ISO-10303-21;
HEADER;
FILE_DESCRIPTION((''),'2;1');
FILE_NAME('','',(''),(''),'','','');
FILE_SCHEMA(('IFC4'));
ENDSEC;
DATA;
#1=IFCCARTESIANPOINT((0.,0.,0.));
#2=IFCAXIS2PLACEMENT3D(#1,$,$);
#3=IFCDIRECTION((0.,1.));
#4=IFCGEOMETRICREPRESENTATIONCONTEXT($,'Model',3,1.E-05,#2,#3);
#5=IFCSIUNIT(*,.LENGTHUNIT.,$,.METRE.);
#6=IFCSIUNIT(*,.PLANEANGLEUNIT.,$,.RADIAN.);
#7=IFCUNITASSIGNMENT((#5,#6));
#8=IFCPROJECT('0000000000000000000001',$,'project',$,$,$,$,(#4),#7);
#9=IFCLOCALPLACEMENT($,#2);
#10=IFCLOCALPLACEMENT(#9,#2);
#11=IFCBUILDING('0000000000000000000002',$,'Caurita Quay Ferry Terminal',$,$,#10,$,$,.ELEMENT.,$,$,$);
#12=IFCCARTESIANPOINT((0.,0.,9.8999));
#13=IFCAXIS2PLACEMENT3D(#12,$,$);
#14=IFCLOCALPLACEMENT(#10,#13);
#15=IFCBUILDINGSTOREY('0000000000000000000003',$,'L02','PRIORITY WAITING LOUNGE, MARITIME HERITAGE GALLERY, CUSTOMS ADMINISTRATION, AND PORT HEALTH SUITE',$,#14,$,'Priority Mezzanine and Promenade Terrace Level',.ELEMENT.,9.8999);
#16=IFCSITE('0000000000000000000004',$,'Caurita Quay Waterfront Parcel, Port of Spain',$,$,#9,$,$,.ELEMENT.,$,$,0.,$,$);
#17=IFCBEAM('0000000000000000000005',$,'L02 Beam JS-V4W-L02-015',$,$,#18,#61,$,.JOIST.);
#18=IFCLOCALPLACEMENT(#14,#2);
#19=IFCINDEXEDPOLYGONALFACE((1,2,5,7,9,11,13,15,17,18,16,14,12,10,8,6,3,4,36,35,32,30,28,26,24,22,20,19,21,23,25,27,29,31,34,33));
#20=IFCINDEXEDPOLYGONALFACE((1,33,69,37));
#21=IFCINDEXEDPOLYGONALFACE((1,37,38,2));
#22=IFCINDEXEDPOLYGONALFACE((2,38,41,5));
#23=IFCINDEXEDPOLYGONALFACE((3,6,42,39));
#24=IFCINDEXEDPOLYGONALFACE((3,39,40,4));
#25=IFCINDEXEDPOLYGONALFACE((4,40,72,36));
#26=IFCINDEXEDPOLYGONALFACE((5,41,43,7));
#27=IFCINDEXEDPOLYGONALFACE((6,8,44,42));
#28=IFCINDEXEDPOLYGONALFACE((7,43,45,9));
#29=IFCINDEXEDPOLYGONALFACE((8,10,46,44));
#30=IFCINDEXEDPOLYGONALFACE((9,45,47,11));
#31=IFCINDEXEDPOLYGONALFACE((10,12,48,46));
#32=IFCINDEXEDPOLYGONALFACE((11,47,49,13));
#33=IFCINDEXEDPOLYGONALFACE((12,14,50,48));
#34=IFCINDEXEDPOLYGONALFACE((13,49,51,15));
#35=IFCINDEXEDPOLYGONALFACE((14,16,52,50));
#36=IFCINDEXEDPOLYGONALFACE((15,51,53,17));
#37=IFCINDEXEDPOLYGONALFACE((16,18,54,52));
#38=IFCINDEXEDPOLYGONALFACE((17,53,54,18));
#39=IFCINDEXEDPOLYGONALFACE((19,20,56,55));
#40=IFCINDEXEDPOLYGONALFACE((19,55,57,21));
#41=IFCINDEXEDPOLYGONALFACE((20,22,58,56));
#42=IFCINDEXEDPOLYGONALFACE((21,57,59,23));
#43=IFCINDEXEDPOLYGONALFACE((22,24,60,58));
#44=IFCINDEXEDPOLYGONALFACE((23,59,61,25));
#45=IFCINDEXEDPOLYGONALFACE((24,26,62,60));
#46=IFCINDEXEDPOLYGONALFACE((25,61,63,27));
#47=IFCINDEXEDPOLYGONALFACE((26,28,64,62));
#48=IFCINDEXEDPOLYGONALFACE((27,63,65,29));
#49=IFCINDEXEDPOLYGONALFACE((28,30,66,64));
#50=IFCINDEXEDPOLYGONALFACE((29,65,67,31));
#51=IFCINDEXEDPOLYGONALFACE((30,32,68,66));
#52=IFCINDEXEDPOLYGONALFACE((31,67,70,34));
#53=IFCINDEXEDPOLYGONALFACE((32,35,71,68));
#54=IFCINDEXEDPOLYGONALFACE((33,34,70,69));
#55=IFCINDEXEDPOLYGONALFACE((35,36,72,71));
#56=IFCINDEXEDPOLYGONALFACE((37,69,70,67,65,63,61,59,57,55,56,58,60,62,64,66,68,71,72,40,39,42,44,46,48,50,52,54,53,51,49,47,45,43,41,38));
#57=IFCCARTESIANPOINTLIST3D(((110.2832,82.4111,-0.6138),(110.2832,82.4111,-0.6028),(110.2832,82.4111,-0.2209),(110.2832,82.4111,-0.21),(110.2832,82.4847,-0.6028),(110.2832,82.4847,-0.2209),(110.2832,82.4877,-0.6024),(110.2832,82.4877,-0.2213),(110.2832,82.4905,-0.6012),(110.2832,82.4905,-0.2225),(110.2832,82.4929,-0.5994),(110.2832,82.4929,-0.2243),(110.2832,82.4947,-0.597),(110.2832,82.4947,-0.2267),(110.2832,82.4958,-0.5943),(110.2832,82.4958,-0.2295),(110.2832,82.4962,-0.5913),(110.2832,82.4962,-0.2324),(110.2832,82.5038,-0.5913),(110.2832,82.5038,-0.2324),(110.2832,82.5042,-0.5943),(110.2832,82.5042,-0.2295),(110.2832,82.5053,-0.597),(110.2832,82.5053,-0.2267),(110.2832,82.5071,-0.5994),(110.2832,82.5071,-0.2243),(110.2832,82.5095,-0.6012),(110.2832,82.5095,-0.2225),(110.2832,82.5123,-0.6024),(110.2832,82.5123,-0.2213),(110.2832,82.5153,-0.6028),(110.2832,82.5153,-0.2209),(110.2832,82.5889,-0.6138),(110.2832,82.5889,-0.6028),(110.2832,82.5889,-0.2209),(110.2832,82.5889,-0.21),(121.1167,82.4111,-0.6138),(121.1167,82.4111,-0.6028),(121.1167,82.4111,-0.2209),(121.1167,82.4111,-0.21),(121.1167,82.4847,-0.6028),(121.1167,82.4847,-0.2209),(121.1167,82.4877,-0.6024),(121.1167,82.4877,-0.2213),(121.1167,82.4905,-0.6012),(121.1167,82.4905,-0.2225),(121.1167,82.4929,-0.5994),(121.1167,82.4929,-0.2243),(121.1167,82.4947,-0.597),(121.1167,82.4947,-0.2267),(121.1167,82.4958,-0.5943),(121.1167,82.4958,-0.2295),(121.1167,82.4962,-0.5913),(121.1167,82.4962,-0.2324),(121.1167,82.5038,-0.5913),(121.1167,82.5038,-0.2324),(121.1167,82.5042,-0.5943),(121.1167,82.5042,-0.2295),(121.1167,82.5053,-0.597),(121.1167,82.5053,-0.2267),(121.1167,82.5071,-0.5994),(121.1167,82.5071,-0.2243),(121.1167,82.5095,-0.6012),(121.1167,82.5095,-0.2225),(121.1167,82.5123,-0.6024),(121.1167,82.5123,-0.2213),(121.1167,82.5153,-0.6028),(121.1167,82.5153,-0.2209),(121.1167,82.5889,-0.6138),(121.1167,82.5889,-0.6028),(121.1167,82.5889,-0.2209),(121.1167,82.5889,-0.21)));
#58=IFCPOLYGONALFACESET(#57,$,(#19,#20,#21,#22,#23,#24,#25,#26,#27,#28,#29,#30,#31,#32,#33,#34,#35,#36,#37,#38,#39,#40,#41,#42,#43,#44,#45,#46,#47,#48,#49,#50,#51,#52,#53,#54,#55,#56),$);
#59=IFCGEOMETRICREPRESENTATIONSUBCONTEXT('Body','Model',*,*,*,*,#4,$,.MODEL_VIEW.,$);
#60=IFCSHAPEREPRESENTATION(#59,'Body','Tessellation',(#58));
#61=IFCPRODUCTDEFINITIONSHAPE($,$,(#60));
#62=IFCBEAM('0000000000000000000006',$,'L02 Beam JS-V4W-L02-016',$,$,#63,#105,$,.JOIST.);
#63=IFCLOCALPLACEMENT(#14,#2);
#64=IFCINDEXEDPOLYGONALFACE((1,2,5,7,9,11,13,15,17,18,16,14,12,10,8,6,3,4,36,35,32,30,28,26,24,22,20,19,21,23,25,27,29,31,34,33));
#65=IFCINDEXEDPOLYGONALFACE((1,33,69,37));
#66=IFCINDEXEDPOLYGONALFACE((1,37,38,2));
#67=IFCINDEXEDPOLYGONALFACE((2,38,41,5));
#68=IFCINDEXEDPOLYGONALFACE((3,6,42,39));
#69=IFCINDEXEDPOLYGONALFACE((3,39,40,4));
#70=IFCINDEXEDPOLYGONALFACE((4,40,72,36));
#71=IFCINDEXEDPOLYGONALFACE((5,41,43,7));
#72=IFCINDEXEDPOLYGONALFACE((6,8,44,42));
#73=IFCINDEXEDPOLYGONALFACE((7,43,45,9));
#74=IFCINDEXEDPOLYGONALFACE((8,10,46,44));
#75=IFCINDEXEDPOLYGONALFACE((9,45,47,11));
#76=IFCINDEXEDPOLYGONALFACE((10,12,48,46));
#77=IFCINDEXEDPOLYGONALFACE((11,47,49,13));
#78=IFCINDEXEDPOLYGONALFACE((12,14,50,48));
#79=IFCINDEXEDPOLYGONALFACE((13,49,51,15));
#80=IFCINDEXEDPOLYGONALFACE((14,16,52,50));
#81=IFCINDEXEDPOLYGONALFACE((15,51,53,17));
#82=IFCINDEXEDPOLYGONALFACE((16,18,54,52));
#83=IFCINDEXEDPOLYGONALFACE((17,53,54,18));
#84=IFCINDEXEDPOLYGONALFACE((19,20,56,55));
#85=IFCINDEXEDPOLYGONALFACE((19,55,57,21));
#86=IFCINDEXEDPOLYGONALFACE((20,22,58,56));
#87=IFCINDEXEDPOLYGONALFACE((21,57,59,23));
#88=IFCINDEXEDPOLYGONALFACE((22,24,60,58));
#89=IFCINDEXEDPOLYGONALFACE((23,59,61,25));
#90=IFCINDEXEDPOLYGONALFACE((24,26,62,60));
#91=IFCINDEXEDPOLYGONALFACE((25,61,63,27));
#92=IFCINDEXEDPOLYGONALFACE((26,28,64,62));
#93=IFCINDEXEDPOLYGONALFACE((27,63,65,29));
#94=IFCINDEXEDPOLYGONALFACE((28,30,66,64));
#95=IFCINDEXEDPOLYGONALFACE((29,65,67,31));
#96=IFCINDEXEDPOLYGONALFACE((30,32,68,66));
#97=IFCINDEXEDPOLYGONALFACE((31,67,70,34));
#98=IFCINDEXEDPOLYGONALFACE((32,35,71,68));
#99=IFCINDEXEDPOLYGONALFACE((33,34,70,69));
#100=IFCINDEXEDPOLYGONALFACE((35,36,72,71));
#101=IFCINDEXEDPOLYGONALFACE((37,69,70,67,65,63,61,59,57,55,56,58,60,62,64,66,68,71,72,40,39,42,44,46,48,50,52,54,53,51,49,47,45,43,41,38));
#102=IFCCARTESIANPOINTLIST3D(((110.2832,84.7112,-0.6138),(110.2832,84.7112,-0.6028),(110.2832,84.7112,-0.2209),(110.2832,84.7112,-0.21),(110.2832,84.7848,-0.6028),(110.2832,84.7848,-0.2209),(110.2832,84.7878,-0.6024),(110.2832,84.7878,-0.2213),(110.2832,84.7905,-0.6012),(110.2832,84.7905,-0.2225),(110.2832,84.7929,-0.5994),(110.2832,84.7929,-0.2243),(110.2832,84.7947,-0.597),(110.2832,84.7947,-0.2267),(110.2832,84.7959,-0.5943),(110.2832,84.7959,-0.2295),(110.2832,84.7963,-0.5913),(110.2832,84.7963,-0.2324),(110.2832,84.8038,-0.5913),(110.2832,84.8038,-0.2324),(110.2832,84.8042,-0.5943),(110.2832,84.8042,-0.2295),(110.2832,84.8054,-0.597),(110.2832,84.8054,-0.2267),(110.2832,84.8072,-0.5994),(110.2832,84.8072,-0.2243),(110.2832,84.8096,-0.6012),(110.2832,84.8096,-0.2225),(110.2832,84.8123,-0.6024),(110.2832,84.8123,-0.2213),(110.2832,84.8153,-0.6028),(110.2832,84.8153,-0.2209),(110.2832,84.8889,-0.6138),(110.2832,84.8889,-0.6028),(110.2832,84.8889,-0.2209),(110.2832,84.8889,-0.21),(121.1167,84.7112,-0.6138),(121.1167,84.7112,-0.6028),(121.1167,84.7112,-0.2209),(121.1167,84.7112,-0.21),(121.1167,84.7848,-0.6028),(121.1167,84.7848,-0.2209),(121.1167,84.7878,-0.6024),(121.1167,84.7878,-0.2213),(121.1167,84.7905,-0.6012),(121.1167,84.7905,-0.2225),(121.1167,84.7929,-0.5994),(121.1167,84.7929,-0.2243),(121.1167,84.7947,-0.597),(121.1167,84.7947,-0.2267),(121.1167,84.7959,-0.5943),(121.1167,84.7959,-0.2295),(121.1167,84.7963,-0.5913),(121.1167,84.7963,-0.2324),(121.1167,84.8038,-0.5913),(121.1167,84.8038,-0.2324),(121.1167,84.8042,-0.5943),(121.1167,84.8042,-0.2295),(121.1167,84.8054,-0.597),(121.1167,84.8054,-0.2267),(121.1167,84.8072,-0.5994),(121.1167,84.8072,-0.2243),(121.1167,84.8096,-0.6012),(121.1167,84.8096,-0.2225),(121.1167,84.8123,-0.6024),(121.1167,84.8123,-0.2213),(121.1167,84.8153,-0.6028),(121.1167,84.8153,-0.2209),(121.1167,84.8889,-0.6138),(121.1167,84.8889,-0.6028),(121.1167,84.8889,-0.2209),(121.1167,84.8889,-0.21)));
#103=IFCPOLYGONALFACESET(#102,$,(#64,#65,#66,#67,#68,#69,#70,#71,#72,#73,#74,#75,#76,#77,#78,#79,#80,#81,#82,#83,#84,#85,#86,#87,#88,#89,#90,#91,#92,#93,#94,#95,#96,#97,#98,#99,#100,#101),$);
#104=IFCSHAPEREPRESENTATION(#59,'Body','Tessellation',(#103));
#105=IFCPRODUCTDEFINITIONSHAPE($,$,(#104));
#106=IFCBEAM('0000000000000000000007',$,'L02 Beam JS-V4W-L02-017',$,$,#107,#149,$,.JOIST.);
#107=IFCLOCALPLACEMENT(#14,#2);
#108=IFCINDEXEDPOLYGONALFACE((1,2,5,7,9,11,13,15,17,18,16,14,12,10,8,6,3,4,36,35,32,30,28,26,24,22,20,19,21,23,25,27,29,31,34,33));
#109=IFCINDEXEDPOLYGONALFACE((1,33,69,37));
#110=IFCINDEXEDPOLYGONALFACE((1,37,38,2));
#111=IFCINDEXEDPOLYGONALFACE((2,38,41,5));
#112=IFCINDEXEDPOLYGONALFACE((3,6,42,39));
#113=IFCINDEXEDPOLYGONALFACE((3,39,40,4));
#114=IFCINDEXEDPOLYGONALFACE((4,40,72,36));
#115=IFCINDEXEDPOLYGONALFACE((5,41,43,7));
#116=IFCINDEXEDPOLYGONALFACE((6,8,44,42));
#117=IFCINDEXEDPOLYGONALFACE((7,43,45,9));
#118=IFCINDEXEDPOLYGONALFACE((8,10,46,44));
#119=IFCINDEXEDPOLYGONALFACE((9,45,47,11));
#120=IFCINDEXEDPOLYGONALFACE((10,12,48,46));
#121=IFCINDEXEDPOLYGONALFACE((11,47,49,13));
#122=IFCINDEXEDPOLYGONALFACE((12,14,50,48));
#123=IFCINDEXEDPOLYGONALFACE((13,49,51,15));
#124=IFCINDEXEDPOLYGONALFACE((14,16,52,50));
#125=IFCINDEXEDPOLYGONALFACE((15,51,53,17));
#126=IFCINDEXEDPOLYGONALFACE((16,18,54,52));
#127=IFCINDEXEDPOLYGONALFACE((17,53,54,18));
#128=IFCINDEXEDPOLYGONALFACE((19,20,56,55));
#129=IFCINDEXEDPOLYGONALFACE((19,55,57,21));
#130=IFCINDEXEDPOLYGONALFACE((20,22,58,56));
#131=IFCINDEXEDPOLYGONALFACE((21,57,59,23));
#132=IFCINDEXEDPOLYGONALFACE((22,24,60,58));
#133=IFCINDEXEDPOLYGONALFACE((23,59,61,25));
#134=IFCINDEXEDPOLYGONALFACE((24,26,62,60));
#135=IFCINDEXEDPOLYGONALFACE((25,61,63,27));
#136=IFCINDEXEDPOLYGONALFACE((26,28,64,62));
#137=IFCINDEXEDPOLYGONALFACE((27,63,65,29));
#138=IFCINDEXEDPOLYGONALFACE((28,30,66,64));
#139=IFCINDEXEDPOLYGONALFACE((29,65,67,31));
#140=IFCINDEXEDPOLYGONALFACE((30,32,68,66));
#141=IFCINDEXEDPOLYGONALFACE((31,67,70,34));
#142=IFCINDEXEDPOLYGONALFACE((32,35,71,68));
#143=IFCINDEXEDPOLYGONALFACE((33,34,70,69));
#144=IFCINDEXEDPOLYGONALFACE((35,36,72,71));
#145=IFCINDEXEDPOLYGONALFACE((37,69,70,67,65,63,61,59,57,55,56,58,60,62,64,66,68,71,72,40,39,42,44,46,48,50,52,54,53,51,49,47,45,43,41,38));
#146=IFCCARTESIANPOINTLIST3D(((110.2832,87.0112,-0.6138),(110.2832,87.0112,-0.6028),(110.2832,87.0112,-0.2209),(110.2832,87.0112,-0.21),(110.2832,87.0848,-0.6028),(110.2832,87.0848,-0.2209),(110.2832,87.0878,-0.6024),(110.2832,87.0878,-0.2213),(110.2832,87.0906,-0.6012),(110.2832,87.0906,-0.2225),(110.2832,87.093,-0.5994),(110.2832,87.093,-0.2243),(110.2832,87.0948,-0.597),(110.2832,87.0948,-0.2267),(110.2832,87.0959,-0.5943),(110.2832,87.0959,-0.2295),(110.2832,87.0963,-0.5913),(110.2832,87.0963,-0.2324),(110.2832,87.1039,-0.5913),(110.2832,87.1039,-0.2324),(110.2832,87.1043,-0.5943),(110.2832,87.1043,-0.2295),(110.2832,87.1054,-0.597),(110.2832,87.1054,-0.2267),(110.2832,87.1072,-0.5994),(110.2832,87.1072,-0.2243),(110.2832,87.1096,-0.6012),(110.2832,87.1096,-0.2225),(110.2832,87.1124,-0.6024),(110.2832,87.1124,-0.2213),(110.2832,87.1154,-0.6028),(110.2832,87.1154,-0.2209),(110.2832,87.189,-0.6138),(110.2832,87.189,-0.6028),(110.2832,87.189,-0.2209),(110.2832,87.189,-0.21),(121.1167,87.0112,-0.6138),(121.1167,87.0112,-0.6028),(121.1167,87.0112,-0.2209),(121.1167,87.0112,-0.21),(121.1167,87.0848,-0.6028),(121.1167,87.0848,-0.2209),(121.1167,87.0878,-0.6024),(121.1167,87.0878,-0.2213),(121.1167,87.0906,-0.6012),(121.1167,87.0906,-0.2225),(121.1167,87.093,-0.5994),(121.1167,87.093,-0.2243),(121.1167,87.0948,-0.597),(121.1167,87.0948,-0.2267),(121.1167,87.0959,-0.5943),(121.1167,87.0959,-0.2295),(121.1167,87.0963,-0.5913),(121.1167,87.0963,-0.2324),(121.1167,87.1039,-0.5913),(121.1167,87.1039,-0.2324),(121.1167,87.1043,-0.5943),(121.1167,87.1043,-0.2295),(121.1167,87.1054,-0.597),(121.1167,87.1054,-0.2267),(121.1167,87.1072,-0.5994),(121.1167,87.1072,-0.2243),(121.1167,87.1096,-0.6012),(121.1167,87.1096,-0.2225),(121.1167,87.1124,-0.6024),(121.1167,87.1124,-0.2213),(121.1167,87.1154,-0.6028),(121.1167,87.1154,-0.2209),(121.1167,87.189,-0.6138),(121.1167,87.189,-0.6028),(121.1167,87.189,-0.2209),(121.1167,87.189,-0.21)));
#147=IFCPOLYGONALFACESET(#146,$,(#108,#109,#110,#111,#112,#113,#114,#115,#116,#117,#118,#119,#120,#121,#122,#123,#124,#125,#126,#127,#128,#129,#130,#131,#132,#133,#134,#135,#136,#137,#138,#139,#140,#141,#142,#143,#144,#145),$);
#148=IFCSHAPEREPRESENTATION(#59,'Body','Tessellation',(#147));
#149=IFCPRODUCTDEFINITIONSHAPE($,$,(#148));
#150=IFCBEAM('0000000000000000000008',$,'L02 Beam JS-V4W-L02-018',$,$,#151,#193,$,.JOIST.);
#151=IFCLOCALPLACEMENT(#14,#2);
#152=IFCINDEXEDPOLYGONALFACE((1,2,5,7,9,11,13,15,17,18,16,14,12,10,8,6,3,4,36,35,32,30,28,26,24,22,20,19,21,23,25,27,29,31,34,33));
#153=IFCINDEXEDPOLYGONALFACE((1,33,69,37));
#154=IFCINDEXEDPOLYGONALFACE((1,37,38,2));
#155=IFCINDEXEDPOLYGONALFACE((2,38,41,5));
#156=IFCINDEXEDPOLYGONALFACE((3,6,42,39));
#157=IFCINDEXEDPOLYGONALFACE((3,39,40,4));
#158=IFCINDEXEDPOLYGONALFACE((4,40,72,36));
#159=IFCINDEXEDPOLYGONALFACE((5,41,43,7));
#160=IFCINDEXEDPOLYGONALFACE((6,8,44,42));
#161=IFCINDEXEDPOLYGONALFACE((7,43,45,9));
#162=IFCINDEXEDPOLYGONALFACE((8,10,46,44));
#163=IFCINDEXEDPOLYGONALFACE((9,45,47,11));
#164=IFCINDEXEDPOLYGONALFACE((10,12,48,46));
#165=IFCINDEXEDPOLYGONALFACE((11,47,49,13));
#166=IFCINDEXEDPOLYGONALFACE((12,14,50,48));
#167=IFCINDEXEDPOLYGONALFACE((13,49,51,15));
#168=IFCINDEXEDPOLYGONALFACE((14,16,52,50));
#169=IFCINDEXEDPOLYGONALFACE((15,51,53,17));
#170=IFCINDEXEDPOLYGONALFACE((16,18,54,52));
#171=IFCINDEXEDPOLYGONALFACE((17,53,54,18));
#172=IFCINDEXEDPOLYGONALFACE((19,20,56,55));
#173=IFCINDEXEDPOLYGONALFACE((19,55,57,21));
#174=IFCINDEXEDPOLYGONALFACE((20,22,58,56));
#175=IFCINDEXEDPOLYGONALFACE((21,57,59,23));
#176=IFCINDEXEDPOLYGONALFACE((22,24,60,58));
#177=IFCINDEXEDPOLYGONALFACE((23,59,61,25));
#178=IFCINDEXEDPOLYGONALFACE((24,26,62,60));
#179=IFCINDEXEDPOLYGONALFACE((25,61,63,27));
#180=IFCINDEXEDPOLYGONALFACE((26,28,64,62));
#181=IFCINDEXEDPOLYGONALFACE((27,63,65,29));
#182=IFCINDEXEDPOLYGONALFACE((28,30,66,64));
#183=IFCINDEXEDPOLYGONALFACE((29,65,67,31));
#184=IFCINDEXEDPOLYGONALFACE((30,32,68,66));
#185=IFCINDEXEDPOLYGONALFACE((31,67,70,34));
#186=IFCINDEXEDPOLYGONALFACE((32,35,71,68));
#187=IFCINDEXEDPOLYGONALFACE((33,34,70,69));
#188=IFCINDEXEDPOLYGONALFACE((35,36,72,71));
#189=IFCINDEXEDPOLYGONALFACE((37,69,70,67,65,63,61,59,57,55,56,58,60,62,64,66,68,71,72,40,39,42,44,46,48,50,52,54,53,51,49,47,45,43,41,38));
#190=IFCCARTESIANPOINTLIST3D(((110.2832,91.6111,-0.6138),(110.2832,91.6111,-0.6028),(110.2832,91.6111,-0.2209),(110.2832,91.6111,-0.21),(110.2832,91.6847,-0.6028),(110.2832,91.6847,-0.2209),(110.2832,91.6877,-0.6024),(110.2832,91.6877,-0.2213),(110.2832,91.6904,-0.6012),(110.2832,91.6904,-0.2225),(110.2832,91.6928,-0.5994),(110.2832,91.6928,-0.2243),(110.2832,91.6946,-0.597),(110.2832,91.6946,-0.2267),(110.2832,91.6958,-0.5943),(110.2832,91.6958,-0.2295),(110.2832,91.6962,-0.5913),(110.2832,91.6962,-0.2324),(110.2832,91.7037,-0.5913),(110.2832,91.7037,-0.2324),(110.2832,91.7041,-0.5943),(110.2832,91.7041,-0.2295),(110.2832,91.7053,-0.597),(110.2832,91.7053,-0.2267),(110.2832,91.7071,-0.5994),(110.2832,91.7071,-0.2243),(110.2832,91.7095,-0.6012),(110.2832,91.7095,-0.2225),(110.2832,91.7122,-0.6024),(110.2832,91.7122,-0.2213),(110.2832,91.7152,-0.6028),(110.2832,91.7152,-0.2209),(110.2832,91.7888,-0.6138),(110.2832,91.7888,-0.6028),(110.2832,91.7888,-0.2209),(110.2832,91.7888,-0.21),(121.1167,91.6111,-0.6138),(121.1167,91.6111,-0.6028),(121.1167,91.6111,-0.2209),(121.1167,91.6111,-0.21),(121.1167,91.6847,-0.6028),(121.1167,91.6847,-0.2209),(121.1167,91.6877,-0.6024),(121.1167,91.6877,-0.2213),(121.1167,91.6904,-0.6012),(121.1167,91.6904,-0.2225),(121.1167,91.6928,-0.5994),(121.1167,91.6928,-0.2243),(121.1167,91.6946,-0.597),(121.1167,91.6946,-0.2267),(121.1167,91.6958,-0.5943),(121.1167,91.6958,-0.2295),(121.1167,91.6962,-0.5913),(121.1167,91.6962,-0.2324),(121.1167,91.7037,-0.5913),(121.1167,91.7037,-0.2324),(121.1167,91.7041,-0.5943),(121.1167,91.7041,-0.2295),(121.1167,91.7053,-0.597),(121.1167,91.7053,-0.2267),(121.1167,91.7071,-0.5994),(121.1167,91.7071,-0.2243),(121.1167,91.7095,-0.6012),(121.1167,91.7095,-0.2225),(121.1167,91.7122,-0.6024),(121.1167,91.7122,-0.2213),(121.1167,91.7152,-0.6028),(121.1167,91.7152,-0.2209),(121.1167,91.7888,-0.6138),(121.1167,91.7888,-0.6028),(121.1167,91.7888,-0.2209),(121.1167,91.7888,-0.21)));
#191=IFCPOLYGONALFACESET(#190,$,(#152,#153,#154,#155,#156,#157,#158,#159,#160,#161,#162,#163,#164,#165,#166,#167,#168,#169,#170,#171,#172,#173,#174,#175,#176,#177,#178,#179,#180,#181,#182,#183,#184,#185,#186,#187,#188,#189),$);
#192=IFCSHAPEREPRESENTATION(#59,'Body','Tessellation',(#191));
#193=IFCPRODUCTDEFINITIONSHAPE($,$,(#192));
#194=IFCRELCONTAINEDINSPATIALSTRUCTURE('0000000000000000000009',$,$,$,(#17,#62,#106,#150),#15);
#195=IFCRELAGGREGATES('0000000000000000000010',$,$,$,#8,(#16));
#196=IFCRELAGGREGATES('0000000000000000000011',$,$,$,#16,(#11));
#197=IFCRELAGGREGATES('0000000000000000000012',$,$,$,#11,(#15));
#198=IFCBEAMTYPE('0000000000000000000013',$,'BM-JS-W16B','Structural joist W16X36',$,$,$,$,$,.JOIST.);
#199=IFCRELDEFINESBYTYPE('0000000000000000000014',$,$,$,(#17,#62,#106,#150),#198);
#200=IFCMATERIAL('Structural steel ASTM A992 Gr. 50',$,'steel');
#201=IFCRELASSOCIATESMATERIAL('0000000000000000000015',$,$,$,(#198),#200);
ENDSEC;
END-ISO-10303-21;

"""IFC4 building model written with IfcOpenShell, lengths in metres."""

from ifc_helpers import new_model, si_unit, direction, frame, origin, origin_2d, place, context, subcontext, project, spatial, i_section, extrude, material, material_profile, profile_set, type_object, element, save


model = new_model("IFC4")

# Units and contexts
model_context = context("Model", 3, precision=1e-05, world=origin(), true_north=direction((0.0, 1.0)))
body_context = subcontext(model_context, "Body", "Model", "MODEL_VIEW")
ifc_project = project(units=[si_unit("LENGTHUNIT", "METRE"), si_unit("PLANEANGLEUNIT", "RADIAN")], contexts=[model_context])

# Site, building, storey
site_placement = place(None, origin())
site = spatial("IfcSite", under=ifc_project, at=site_placement, Name="Caurita Quay Waterfront Parcel, Port of Spain", CompositionType="ELEMENT", RefElevation=0.0)
building_placement = place(site_placement, origin())
building = spatial("IfcBuilding", under=site, at=building_placement, Name="Caurita Quay Ferry Terminal", CompositionType="ELEMENT")
storey_placement = place(building_placement, frame((0.0, 0.0, 9.8999)))
storey = spatial("IfcBuildingStorey", under=building, at=storey_placement, Name="L02", Description="PRIORITY WAITING LOUNGE, MARITIME HERITAGE GALLERY, CUSTOMS ADMINISTRATION, AND PORT HEALTH SUITE", LongName="Priority Mezzanine and Promenade Terrace Level", CompositionType="ELEMENT", Elevation=9.8999)

# Beams
ifc_material = material(Name="Structural steel ASTM A992 Gr. 50", Category="steel")
ifc_material_profile_1 = material_profile(ifc_material, i_section(OverallWidth=0.1777, OverallDepth=0.4038, WebThickness=0.0076, FlangeThickness=0.011, FilletRadius=0.0115, at=origin_2d()), Name="W16X36")
ifc_profile_set_1 = profile_set([ifc_material_profile_1], Name="Structural steel ASTM A992 Gr. 50")
beam_type_1 = type_object("IfcBeamType", Name="BM-JS-W16B", Description="Structural joist W16X36", PredefinedType="JOIST", material=ifc_profile_set_1)
for number, where, z_axis, x_axis, name in (
    (1, (110.2832, 82.5, -0.4119), (1.0, 0.0, 0.0), (0.0, 1.0, 0.0), "L02 Beam JS-V4W-L02-015"),
    (2, (110.2832, 84.8, -0.4119), (1.0, 0.0, 0.0), (0.0, 1.0, 0.0), "L02 Beam JS-V4W-L02-016"),
    (3, (110.2832, 87.1001, -0.4119), (1.0, 0.0, 0.0), (0.0, 1.0, 0.0), "L02 Beam JS-V4W-L02-017"),
    (4, (110.2832, 91.7, -0.4119), (1.0, 0.0, 0.0), (0.0, 1.0, 0.0), "L02 Beam JS-V4W-L02-018"),
):
    element("IfcBeam", number, at=place(storey_placement, frame(where, z_axis=z_axis, x_axis=x_axis)), inside=storey, type_object=beam_type_1, Name=name, PredefinedType="JOIST", context=body_context, shape_type="SweptSolid", body=[
        extrude(i_section(OverallWidth=0.1777, OverallDepth=0.4038, WebThickness=0.0076, FlangeThickness=0.011, FilletRadius=0.0115, at=origin_2d()), origin(), (0.0, 0.0, 1.0), 10.8335),
    ])

save(model, "model.ifc")
